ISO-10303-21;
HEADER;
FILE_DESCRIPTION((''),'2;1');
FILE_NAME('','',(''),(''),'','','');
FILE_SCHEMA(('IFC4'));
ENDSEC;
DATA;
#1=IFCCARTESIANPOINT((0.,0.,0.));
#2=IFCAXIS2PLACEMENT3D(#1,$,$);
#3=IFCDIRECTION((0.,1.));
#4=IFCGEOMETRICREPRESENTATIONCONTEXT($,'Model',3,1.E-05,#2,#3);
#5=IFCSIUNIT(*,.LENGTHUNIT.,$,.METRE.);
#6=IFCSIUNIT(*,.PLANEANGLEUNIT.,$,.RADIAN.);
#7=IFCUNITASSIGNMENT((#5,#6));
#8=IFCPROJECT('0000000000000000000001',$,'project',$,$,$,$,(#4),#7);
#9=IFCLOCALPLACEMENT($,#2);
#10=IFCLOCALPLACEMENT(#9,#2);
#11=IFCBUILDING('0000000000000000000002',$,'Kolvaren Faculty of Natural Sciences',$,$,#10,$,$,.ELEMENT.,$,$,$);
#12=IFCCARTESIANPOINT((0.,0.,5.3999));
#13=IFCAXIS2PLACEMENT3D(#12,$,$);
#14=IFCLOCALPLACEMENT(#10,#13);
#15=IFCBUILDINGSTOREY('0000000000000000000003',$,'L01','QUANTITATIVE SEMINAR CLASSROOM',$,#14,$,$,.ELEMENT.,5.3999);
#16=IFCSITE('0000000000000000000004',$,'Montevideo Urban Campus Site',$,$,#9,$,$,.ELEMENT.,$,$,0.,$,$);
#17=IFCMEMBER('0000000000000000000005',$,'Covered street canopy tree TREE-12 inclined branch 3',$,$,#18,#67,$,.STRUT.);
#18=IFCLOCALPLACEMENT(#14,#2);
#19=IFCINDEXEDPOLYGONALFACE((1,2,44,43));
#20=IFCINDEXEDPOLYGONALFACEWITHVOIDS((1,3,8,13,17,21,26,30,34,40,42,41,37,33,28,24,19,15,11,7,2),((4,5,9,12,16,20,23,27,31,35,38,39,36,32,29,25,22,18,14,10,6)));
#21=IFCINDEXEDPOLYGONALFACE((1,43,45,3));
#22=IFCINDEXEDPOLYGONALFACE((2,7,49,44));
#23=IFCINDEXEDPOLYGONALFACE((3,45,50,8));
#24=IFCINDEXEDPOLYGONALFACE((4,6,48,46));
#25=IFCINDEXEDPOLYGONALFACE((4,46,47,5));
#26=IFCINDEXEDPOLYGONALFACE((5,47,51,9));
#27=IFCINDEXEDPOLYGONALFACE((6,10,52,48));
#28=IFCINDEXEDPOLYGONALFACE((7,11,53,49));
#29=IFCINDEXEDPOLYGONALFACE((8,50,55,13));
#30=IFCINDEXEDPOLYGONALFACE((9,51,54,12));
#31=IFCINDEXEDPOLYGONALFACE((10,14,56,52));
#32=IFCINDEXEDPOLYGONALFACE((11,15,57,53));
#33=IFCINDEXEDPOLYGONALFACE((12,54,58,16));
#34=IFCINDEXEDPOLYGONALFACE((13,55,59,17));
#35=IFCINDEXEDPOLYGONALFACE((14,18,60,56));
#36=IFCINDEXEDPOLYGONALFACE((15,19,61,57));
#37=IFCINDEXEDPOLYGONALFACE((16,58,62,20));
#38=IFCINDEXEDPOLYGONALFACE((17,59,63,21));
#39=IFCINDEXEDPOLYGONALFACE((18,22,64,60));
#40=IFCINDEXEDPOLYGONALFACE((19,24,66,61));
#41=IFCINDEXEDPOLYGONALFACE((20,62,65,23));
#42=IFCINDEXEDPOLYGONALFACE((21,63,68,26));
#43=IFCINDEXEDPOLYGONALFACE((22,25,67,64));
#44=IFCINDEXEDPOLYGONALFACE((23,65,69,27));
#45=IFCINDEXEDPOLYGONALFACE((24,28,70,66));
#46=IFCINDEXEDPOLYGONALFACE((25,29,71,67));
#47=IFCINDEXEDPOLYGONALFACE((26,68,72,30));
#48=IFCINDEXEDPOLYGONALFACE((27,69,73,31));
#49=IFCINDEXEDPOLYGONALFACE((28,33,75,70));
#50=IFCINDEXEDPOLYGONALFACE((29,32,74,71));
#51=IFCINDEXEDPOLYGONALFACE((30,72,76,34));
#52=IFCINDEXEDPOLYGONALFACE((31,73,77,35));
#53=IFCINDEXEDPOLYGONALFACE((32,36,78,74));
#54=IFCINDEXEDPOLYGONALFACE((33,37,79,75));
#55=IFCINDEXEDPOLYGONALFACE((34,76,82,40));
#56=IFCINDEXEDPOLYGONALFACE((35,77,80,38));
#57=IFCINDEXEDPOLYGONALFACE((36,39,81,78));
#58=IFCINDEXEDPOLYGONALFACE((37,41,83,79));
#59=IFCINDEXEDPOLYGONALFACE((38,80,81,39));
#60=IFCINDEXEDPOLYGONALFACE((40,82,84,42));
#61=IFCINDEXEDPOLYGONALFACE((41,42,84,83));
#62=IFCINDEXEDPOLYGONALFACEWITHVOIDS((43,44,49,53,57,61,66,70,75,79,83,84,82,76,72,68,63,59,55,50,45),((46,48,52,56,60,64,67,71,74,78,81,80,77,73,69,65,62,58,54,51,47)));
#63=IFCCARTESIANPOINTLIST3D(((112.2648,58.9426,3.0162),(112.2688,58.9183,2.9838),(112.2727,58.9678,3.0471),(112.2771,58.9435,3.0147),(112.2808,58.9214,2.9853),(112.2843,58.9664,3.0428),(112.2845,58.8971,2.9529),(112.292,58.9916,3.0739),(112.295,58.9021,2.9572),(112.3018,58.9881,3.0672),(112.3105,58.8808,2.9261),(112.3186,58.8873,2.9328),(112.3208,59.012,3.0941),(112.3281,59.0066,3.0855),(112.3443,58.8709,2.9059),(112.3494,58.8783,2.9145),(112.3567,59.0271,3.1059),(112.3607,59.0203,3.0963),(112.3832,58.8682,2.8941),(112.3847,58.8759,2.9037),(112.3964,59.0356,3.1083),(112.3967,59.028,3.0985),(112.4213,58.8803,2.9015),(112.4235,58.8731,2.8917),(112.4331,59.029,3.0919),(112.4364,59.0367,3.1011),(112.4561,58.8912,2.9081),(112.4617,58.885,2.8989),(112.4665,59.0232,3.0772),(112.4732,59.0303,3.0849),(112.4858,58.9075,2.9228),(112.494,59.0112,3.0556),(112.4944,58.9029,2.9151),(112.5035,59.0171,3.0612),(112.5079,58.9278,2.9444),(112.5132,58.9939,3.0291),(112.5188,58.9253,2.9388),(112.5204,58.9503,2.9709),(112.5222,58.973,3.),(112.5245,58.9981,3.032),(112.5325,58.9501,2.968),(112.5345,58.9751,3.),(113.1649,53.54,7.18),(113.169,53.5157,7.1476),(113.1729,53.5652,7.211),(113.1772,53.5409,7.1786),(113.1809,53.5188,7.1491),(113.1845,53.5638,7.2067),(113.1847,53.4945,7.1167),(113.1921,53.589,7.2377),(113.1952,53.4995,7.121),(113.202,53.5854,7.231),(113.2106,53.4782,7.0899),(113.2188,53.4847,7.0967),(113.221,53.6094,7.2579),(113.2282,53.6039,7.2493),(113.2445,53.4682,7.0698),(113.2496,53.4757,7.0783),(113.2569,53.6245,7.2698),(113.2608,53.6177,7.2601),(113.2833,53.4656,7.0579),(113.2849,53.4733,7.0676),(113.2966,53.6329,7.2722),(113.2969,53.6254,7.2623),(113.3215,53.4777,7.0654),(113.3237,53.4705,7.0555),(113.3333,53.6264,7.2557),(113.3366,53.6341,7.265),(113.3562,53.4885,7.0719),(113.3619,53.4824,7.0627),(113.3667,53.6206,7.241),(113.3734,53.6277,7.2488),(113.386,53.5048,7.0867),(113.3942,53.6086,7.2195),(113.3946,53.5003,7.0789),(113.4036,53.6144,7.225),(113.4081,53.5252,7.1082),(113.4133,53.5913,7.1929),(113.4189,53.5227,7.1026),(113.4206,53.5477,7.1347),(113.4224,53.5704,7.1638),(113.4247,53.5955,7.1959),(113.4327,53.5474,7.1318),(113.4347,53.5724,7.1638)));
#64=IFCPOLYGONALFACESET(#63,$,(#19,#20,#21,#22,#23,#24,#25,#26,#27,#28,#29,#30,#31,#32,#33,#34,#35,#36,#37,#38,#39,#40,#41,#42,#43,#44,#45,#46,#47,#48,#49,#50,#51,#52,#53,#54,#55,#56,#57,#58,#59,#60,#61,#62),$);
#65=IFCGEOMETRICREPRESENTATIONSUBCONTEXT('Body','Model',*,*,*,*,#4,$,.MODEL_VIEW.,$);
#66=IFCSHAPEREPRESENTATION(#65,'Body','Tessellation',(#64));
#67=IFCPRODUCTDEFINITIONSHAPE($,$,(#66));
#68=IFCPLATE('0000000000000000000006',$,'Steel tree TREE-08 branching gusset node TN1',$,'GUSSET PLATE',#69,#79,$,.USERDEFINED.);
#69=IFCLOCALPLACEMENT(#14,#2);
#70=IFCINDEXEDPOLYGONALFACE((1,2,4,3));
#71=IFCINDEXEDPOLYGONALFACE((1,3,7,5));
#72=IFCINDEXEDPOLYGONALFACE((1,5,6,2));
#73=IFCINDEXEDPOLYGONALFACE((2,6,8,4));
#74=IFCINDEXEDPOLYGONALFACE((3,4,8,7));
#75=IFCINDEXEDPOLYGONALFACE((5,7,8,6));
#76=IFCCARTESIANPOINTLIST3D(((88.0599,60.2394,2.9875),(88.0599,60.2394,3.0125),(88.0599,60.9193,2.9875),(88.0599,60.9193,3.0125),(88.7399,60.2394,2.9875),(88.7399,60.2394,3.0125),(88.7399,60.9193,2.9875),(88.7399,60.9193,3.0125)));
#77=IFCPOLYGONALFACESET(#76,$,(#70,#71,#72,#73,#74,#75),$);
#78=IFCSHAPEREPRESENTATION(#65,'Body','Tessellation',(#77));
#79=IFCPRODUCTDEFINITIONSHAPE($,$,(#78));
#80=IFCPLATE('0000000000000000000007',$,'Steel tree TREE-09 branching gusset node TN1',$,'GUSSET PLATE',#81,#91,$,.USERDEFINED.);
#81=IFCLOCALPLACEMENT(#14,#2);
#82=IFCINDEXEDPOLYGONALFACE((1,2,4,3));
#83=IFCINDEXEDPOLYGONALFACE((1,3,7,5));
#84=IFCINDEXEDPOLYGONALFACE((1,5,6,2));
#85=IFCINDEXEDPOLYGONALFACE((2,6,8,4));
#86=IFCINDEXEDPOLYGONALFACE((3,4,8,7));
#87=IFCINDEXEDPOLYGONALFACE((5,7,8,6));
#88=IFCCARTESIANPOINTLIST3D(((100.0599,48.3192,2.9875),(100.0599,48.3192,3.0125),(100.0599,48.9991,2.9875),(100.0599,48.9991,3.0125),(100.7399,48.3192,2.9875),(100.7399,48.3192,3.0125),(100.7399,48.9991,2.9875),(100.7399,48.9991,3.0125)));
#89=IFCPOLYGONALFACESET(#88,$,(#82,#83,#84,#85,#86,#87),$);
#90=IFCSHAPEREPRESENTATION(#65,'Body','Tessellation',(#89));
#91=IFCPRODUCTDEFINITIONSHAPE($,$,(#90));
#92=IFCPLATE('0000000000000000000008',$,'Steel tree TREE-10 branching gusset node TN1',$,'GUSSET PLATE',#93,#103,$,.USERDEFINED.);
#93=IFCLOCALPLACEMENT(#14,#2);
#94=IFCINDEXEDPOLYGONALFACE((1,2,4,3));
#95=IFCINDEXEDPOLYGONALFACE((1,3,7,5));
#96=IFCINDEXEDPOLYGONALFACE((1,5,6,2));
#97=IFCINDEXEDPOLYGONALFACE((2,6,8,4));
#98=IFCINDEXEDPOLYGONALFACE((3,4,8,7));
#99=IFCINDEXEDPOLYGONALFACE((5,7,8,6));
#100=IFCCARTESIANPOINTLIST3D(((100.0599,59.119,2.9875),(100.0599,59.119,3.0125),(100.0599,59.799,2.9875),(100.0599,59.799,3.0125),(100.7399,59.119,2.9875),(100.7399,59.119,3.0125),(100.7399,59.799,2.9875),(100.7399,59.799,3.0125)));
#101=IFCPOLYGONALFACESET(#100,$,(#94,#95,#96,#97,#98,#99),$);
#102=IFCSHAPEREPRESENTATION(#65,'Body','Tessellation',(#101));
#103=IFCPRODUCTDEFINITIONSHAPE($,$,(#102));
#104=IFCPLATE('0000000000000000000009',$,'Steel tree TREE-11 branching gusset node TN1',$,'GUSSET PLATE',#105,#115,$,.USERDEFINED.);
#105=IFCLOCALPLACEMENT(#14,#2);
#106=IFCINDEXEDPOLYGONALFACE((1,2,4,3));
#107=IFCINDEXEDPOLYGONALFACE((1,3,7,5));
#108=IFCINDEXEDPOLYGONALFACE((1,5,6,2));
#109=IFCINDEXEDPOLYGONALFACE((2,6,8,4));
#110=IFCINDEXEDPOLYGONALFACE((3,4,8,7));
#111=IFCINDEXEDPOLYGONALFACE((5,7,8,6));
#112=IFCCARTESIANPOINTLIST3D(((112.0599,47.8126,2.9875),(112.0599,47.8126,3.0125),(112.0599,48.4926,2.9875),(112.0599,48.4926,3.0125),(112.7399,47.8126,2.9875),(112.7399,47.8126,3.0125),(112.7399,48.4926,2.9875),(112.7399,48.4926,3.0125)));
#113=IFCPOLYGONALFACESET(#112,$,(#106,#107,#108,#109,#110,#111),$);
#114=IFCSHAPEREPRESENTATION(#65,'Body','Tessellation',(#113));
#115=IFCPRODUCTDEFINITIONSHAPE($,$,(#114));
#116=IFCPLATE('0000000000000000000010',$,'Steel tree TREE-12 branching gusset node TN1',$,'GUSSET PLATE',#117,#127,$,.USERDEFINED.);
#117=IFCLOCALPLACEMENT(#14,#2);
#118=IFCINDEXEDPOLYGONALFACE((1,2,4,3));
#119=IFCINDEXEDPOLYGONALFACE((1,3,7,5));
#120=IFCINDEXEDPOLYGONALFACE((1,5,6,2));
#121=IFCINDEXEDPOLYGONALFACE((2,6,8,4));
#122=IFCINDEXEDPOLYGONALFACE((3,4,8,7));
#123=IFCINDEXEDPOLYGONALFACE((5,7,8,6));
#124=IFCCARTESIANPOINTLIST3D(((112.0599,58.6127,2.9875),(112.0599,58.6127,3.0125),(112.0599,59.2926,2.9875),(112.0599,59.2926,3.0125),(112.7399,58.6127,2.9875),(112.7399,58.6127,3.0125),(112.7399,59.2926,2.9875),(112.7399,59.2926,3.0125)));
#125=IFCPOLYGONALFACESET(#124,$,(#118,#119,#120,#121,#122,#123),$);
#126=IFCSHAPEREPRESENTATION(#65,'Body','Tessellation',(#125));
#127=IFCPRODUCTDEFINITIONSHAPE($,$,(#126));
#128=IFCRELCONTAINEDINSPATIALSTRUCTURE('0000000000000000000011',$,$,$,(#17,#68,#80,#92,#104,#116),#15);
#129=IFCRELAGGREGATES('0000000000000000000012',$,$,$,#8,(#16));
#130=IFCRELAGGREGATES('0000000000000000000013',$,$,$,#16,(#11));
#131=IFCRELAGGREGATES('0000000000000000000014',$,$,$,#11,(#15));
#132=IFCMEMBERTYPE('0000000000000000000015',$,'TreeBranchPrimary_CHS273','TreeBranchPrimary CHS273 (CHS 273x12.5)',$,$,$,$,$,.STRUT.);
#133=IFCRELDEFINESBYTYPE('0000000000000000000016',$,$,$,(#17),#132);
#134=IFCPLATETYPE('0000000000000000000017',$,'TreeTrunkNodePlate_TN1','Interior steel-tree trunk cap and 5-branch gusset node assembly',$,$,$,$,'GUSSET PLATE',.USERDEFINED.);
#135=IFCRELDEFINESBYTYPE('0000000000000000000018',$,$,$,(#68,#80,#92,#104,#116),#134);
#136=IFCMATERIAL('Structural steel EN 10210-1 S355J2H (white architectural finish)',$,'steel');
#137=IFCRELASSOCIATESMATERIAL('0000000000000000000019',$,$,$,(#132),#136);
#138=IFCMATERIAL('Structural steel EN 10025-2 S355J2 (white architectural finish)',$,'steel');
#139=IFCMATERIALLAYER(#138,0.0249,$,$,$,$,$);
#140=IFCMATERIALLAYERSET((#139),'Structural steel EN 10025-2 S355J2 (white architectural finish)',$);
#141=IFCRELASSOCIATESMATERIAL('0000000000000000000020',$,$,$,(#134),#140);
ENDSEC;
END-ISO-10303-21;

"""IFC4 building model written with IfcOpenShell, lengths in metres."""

from ifc_helpers import new_model, si_unit, direction, frame, origin, origin_2d, place, context, subcontext, project, spatial, rectangle, hollow_circle, extrude, material, layer, layer_set, material_profile, profile_set, type_object, element, save


model = new_model("IFC4")

# Units and contexts
model_context = context("Model", 3, precision=1e-05, world=origin(), true_north=direction((0.0, 1.0)))
body_context = subcontext(model_context, "Body", "Model", "MODEL_VIEW")
ifc_project = project(units=[si_unit("LENGTHUNIT", "METRE"), si_unit("PLANEANGLEUNIT", "RADIAN")], contexts=[model_context])

# Site, building, storey
site_placement = place(None, origin())
site = spatial("IfcSite", under=ifc_project, at=site_placement, Name="Montevideo Urban Campus Site", CompositionType="ELEMENT", RefElevation=0.0)
building_placement = place(site_placement, origin())
building = spatial("IfcBuilding", under=site, at=building_placement, Name="Kolvaren Faculty of Natural Sciences", CompositionType="ELEMENT")
storey_placement = place(building_placement, frame((0.0, 0.0, 5.3999)))
storey = spatial("IfcBuildingStorey", under=building, at=storey_placement, Name="L01", Description="QUANTITATIVE SEMINAR CLASSROOM", CompositionType="ELEMENT", Elevation=5.3999)

# Member
ifc_material_1 = material(Name="Structural steel EN 10210-1 S355J2H (white architectural finish)", Category="steel")
ifc_material_profile_1 = material_profile(ifc_material_1, hollow_circle(Radius=0.1365, WallThickness=0.0125, at=origin_2d()), Name="CHS 273x12.5")
ifc_profile_set_1 = profile_set([ifc_material_profile_1], Name="Structural steel EN 10210-1 S355J2H (white architectural finish)")
member_type = type_object("IfcMemberType", Name="TreeBranchPrimary_CHS273", Description="TreeBranchPrimary CHS273 (CHS 273x12.5)", PredefinedType="STRUT", material=ifc_profile_set_1)
member_1_placement = place(storey_placement, frame((112.3999, 58.9526, 3.0), z_axis=(0.130834, -0.78525, 0.605198), x_axis=(0.986402, 0.164348, 0.0)))
element("IfcMember", 1, at=member_1_placement, inside=storey, type_object=member_type, Name="Covered street canopy tree TREE-12 inclined branch 3", PredefinedType="STRUT", context=body_context, shape_type="SweptSolid", body=[
    extrude(hollow_circle(Radius=0.1365, WallThickness=0.0125, at=origin_2d()), origin(), (0.0, 0.0, 1.0), 6.8801),
])

# Plates
ifc_material_2 = material(Name="Structural steel EN 10025-2 S355J2 (white architectural finish)", Category="steel")
ifc_layer = layer(ifc_material_2, 0.0249)
ifc_layer_set = layer_set([ifc_layer], Name="Structural steel EN 10025-2 S355J2 (white architectural finish)")
plate_type = type_object("IfcPlateType", Name="TreeTrunkNodePlate_TN1", Description="Interior steel-tree trunk cap and 5-branch gusset node assembly", ElementType="GUSSET PLATE", PredefinedType="USERDEFINED", material=ifc_layer_set)
for number, where, z_axis, x_axis, name in (
    (2, (88.3999, 60.5793, 2.9875), (0.0, 0.0, 1.0), (1.0, 0.0, 0.0), "Steel tree TREE-08 branching gusset node TN1"),
    (3, (100.3999, 48.6592, 2.9875), (0.0, 0.0, 1.0), (1.0, 0.0, 0.0), "Steel tree TREE-09 branching gusset node TN1"),
    (4, (100.3999, 59.459, 2.9875), (0.0, 0.0, 1.0), (1.0, 0.0, 0.0), "Steel tree TREE-10 branching gusset node TN1"),
    (5, (112.3999, 48.1526, 2.9875), (0.0, 0.0, 1.0), (1.0, 0.0, 0.0), "Steel tree TREE-11 branching gusset node TN1"),
    (6, (112.3999, 58.9526, 2.9875), (0.0, 0.0, 1.0), (1.0, 0.0, 0.0), "Steel tree TREE-12 branching gusset node TN1"),
):
    element("IfcPlate", number, at=place(storey_placement, frame(where, z_axis=z_axis, x_axis=x_axis)), inside=storey, type_object=plate_type, Name=name, ObjectType="GUSSET PLATE", PredefinedType="USERDEFINED", context=body_context, shape_type="SweptSolid", body=[
        extrude(rectangle(XDim=0.6799, YDim=0.6799, at=origin_2d()), origin(), (0.0, 0.0, 1.0), 0.0249),
    ])

save(model, "model.ifc")
